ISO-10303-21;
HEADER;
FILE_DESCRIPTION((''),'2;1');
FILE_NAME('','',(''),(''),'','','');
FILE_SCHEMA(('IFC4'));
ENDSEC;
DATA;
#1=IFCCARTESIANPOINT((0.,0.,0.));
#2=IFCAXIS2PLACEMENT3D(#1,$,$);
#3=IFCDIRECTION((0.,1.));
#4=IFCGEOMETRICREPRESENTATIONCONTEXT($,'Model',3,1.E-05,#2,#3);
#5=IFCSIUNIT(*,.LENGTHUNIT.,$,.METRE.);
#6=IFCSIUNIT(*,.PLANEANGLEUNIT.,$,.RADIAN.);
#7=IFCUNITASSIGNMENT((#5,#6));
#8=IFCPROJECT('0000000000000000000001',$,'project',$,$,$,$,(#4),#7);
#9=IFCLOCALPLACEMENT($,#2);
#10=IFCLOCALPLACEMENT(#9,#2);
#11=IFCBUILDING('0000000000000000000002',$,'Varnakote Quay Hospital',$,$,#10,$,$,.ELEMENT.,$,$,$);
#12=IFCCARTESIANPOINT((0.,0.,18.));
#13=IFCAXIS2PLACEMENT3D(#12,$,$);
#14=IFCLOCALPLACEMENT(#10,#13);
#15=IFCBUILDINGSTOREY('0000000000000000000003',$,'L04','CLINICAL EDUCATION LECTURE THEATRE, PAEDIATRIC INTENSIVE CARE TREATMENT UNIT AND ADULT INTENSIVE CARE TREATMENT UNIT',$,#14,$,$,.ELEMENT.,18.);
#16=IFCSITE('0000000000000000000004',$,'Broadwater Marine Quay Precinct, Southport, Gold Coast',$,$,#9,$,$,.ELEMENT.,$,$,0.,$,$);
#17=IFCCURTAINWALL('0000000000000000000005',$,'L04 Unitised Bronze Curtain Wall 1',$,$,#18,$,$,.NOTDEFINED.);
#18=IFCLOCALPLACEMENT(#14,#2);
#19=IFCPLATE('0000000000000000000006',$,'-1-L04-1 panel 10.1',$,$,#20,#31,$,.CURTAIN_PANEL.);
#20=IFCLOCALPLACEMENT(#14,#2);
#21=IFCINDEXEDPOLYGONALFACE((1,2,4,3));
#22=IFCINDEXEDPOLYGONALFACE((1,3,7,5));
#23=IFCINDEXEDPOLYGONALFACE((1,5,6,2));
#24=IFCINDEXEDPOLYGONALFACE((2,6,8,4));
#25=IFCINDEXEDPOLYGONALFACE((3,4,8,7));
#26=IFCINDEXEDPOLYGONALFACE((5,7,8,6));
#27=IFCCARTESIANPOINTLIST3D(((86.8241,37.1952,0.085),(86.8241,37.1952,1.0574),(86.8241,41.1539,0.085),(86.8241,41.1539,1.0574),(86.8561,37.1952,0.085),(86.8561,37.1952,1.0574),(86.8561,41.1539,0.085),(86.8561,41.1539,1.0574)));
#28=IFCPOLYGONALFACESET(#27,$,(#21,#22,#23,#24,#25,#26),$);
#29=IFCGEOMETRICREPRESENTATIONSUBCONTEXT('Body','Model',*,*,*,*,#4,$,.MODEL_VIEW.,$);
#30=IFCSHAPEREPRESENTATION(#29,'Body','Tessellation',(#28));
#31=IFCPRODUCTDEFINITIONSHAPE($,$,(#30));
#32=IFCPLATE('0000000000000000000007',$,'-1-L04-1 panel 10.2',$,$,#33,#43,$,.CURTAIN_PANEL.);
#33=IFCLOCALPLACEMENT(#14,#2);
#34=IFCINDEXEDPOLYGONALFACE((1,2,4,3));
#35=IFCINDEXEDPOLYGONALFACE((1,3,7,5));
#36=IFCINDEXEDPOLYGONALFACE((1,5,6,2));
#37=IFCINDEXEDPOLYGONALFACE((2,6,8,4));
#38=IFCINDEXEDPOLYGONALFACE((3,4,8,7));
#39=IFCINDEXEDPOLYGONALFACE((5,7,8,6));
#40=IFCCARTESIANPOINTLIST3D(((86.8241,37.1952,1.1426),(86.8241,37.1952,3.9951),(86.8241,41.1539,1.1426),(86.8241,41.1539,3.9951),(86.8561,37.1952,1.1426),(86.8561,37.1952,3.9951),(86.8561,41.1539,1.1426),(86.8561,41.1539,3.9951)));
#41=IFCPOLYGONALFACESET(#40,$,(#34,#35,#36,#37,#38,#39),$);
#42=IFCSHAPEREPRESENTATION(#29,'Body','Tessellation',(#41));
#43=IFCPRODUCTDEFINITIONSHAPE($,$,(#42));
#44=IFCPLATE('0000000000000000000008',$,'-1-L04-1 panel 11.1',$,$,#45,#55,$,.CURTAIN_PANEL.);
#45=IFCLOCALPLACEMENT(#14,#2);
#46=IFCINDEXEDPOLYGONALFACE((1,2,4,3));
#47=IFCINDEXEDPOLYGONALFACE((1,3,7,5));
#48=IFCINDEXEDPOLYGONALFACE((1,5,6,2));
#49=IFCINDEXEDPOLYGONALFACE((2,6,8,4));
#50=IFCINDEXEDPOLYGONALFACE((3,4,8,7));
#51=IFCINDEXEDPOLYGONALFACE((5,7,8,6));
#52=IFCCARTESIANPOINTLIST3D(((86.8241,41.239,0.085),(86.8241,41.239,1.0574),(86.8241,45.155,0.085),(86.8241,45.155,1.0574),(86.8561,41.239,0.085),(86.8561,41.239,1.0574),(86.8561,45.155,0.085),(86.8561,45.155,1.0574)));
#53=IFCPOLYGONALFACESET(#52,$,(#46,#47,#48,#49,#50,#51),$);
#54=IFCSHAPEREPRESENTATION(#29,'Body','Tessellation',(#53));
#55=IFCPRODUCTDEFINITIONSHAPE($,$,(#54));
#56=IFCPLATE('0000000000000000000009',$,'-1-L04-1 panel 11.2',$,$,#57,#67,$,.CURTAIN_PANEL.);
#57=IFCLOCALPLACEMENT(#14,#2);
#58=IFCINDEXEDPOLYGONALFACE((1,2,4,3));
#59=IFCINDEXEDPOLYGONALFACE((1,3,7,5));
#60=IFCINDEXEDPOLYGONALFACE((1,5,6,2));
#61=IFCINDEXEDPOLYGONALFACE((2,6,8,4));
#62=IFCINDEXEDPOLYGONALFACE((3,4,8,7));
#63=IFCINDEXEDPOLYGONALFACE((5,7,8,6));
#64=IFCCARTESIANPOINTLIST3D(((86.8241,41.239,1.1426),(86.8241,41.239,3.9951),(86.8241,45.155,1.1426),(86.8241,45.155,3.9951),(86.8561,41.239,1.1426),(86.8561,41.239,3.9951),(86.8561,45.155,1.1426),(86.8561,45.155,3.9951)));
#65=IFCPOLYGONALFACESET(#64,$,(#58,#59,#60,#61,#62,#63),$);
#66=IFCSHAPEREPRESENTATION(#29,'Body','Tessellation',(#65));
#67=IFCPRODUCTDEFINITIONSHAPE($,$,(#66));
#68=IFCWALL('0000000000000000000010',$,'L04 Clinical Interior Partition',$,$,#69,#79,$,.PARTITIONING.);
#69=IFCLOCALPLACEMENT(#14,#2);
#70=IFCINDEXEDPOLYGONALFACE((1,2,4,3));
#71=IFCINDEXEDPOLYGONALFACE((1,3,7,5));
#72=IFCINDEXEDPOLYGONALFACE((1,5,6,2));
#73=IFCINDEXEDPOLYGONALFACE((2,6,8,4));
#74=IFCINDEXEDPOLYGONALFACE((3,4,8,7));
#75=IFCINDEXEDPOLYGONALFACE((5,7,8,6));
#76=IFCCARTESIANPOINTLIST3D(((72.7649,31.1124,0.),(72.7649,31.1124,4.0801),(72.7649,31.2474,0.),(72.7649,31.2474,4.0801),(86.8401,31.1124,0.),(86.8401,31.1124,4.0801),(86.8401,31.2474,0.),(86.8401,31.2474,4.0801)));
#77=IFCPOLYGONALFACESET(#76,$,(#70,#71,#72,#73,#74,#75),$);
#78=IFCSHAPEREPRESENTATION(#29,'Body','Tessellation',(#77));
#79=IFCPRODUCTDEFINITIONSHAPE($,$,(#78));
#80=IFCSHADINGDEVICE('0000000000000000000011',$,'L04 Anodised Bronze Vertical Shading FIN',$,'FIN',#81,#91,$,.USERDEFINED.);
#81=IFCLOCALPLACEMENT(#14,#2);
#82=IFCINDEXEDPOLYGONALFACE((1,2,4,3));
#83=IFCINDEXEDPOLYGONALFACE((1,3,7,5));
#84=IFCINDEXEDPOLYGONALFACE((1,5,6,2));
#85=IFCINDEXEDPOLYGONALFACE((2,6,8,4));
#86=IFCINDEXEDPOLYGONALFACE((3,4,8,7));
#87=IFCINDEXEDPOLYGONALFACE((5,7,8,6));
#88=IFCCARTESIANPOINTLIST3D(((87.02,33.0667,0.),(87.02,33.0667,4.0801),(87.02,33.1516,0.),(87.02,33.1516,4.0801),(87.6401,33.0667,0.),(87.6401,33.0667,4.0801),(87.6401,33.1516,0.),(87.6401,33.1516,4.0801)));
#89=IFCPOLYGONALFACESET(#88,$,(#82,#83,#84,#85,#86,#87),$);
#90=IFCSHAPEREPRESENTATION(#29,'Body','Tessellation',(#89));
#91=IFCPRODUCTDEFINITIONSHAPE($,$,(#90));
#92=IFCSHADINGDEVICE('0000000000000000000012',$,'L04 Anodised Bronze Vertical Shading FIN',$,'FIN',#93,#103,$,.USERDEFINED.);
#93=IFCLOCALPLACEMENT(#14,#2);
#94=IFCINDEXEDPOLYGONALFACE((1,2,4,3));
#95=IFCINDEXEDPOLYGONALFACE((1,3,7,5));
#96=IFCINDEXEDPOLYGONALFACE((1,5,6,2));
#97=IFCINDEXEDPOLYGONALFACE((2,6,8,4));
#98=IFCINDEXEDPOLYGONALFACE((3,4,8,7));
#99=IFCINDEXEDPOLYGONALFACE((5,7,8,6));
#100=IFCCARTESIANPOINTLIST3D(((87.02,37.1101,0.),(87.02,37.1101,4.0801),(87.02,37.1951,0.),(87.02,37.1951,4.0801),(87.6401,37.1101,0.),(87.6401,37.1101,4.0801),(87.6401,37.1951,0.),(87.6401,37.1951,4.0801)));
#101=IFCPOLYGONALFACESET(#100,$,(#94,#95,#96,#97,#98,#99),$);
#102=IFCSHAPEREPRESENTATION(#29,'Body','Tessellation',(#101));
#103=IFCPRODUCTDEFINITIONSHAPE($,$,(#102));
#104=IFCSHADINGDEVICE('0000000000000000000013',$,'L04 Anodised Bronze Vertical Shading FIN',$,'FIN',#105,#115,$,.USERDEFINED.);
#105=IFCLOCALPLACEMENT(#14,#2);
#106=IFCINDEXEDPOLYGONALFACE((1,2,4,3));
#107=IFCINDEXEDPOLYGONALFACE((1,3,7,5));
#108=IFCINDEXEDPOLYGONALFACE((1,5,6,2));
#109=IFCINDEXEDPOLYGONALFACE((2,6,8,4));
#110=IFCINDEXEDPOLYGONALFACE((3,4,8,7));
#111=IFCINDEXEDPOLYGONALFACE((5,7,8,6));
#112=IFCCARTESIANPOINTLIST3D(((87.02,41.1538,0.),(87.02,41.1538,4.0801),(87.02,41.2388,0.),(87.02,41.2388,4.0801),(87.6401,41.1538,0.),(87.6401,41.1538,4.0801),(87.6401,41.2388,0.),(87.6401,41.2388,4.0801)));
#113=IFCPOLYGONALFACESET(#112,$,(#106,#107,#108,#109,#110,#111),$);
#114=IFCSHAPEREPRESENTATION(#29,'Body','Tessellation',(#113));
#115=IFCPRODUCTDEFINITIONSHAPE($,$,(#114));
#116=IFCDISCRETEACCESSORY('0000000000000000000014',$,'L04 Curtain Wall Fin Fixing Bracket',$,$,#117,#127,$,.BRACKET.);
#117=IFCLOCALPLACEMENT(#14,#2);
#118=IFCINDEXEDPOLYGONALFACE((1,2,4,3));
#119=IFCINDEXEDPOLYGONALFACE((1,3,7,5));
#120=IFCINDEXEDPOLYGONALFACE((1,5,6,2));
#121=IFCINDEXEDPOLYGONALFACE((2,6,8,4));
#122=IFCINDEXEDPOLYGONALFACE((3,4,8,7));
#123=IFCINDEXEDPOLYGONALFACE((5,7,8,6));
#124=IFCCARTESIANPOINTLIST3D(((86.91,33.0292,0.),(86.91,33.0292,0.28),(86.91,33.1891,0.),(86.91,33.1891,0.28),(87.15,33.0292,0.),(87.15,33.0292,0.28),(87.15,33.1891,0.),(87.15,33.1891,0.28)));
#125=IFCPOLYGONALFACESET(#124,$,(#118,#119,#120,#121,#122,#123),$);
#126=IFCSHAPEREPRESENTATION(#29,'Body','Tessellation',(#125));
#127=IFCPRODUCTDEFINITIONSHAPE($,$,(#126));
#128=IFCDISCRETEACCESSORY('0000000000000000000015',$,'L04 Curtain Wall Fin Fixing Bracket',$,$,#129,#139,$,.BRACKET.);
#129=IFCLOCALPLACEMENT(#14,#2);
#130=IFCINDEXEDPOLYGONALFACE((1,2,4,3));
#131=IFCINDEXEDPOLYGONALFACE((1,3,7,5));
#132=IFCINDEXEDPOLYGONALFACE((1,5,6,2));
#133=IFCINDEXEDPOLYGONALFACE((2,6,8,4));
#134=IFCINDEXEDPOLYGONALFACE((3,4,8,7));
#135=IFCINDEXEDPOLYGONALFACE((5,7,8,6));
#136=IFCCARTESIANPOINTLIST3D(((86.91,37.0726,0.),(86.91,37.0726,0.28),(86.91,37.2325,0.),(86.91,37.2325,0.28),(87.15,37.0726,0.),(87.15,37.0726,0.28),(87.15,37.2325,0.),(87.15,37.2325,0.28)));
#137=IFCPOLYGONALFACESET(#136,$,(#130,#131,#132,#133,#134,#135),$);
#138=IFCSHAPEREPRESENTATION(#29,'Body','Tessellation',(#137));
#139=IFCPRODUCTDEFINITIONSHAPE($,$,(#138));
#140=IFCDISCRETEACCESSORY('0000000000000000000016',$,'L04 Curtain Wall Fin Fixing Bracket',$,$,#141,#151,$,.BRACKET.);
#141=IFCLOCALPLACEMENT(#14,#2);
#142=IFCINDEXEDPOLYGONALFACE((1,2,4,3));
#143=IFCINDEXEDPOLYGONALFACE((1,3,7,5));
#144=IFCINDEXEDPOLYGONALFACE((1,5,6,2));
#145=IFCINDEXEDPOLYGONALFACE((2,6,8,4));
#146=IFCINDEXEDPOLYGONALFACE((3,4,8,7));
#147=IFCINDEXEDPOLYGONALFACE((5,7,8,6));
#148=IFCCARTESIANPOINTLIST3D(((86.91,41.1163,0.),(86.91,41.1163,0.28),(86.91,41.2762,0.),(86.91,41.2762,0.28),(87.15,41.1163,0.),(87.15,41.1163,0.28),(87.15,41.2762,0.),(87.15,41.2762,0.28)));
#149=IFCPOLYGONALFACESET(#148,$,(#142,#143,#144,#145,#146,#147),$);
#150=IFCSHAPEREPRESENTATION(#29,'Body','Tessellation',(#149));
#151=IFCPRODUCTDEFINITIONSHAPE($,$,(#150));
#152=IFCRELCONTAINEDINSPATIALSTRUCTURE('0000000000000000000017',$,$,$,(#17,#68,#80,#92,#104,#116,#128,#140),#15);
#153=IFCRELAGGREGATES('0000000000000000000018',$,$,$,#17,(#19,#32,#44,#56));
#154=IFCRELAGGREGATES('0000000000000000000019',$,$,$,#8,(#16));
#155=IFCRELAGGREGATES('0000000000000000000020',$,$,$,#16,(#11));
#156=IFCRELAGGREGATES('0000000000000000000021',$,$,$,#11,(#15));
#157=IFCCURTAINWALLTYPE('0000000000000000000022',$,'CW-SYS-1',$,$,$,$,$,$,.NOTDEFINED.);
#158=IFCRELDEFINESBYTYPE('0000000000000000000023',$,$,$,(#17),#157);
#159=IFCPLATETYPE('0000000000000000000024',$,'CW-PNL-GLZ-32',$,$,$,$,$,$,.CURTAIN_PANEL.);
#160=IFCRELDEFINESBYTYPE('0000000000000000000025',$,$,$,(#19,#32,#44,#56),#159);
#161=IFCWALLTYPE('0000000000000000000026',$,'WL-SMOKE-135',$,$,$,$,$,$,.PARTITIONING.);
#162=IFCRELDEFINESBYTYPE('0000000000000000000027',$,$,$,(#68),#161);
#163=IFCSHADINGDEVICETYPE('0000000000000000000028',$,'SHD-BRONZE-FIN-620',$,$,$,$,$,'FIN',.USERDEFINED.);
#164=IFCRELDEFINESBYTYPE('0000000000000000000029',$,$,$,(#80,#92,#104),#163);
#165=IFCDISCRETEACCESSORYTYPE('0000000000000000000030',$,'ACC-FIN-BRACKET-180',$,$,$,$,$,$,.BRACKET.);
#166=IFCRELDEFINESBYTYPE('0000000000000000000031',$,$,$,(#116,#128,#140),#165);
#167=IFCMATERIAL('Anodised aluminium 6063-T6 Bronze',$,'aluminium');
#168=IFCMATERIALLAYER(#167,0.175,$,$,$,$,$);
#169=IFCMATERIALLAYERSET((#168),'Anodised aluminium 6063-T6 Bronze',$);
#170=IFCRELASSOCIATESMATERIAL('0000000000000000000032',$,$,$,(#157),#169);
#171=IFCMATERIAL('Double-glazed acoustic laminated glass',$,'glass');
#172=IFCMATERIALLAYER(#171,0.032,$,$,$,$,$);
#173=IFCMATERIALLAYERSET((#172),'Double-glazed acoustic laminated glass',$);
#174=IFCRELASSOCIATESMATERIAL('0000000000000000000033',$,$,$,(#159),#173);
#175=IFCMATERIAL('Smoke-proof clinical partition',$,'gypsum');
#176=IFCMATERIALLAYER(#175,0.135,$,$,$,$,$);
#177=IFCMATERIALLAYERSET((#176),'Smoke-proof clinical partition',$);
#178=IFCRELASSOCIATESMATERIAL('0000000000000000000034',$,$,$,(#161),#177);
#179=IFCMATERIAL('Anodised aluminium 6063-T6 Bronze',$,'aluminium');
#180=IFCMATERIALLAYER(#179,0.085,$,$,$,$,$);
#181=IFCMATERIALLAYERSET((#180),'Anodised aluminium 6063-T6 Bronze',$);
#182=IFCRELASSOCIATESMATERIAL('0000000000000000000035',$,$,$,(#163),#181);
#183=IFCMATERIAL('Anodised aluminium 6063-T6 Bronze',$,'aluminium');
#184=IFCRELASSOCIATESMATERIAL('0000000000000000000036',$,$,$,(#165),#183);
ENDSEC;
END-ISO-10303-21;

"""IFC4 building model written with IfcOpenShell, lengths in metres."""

from ifc_helpers import new_model, si_unit, direction, frame, frame_2d, origin, origin_2d, place, context, subcontext, project, spatial, rectangle, extrude, material, layer, layer_set, type_object, element, aggregate, save


model = new_model("IFC4")

# Units and contexts
model_context = context("Model", 3, precision=1e-05, world=origin(), true_north=direction((0.0, 1.0)))
body_context = subcontext(model_context, "Body", "Model", "MODEL_VIEW")
ifc_project = project(units=[si_unit("LENGTHUNIT", "METRE"), si_unit("PLANEANGLEUNIT", "RADIAN")], contexts=[model_context])

# Site, building, storey
site_placement = place(None, origin())
site = spatial("IfcSite", under=ifc_project, at=site_placement, Name="Broadwater Marine Quay Precinct, Southport, Gold Coast", CompositionType="ELEMENT", RefElevation=0.0)
building_placement = place(site_placement, origin())
building = spatial("IfcBuilding", under=site, at=building_placement, Name="Varnakote Quay Hospital", CompositionType="ELEMENT")
storey_placement = place(building_placement, frame((0.0, 0.0, 18.0)))
storey = spatial("IfcBuildingStorey", under=building, at=storey_placement, Name="L04", Description="CLINICAL EDUCATION LECTURE THEATRE, PAEDIATRIC INTENSIVE CARE TREATMENT UNIT AND ADULT INTENSIVE CARE TREATMENT UNIT", CompositionType="ELEMENT", Elevation=18.0)

# Curtain wall
ifc_material_1 = material(Name="Anodised aluminium 6063-T6 Bronze", Category="aluminium")
ifc_layer_1 = layer(ifc_material_1, 0.175)
ifc_layer_set_1 = layer_set([ifc_layer_1], Name="Anodised aluminium 6063-T6 Bronze")
curtain_wall_type = type_object("IfcCurtainWallType", Name="CW-SYS-1", PredefinedType="NOTDEFINED", material=ifc_layer_set_1)
curtain_wall_placement = place(storey_placement, origin())
curtain_wall = element("IfcCurtainWall", 1, at=curtain_wall_placement, inside=storey, type_object=curtain_wall_type, Name="L04 Unitised Bronze Curtain Wall 1", PredefinedType="NOTDEFINED")

# Plates
ifc_material_2 = material(Name="Double-glazed acoustic laminated glass", Category="glass")
ifc_layer_2 = layer(ifc_material_2, 0.032)
ifc_layer_set_2 = layer_set([ifc_layer_2], Name="Double-glazed acoustic laminated glass")
plate_type = type_object("IfcPlateType", Name="CW-PNL-GLZ-32", PredefinedType="CURTAIN_PANEL", material=ifc_layer_set_2)
plate_1_placement = place(storey_placement, frame((86.8401, 39.1746, 0.085), z_axis=(0.0, 0.0, 1.0), x_axis=(0.0, 1.0, 0.0)))
plate_1 = element("IfcPlate", 2, at=plate_1_placement, type_object=plate_type, Name="-1-L04-1 panel 10.1", PredefinedType="CURTAIN_PANEL", context=body_context, shape_type="SweptSolid", body=[
    extrude(rectangle(XDim=3.9587, YDim=0.032, at=origin_2d()), origin(), (0.0, 0.0, 1.0), 0.9724),
])
plate_2_placement = place(storey_placement, frame((86.8401, 39.1746, 1.1426), z_axis=(0.0, 0.0, 1.0), x_axis=(0.0, 1.0, 0.0)))
plate_2 = element("IfcPlate", 3, at=plate_2_placement, type_object=plate_type, Name="-1-L04-1 panel 10.2", PredefinedType="CURTAIN_PANEL", context=body_context, shape_type="SweptSolid", body=[
    extrude(rectangle(XDim=3.9587, YDim=0.032, at=origin_2d()), origin(), (0.0, 0.0, 1.0), 2.8525),
])
plate_3_placement = place(storey_placement, frame((86.8401, 43.197, 0.085), z_axis=(0.0, 0.0, 1.0), x_axis=(0.0, 1.0, 0.0)))
plate_3 = element("IfcPlate", 4, at=plate_3_placement, type_object=plate_type, Name="-1-L04-1 panel 11.1", PredefinedType="CURTAIN_PANEL", context=body_context, shape_type="SweptSolid", body=[
    extrude(rectangle(XDim=3.916, YDim=0.032, at=origin_2d()), origin(), (0.0, 0.0, 1.0), 0.9724),
])
plate_4_placement = place(storey_placement, frame((86.8401, 43.197, 1.1426), z_axis=(0.0, 0.0, 1.0), x_axis=(0.0, 1.0, 0.0)))
plate_4 = element("IfcPlate", 5, at=plate_4_placement, type_object=plate_type, Name="-1-L04-1 panel 11.2", PredefinedType="CURTAIN_PANEL", context=body_context, shape_type="SweptSolid", body=[
    extrude(rectangle(XDim=3.916, YDim=0.032, at=origin_2d()), origin(), (0.0, 0.0, 1.0), 2.8525),
])
aggregate(curtain_wall, [plate_1, plate_2, plate_3, plate_4])

# Wall
ifc_material_3 = material(Name="Smoke-proof clinical partition", Category="gypsum")
ifc_layer_3 = layer(ifc_material_3, 0.135)
ifc_layer_set_3 = layer_set([ifc_layer_3], Name="Smoke-proof clinical partition")
wall_type = type_object("IfcWallType", Name="WL-SMOKE-135", PredefinedType="PARTITIONING", material=ifc_layer_set_3)
wall_placement = place(storey_placement, frame((86.8401, 31.1799, 0.0), z_axis=(0.0, 0.0, 1.0), x_axis=(-1.0, 0.0, 0.0)))
element("IfcWall", 6, at=wall_placement, inside=storey, type_object=wall_type, Name="L04 Clinical Interior Partition", PredefinedType="PARTITIONING", context=body_context, shape_type="SweptSolid", body=[
    extrude(rectangle(XDim=14.0752, YDim=0.135, at=frame_2d((7.0376, 0.0))), origin(), (0.0, 0.0, 1.0), 4.0801),
])

# Shading devices
ifc_material_4 = material(Name="Anodised aluminium 6063-T6 Bronze", Category="aluminium")
ifc_layer_4 = layer(ifc_material_4, 0.085)
ifc_layer_set_4 = layer_set([ifc_layer_4], Name="Anodised aluminium 6063-T6 Bronze")
shading_device_type = type_object("IfcShadingDeviceType", Name="SHD-BRONZE-FIN-620", ElementType="FIN", PredefinedType="USERDEFINED", material=ifc_layer_set_4)
for number, where, z_axis, x_axis, name in (
    (7, (87.3301, 33.1091, 0.0), (0.0, 0.0, 1.0), (-1.0, 0.0, 0.0), "L04 Anodised Bronze Vertical Shading FIN"),
    (8, (87.3301, 37.1526, 0.0), (0.0, 0.0, 1.0), (-1.0, 0.0, 0.0), "L04 Anodised Bronze Vertical Shading FIN"),
    (9, (87.3301, 41.1963, 0.0), (0.0, 0.0, 1.0), (-1.0, 0.0, 0.0), "L04 Anodised Bronze Vertical Shading FIN"),
):
    element("IfcShadingDevice", number, at=place(storey_placement, frame(where, z_axis=z_axis, x_axis=x_axis)), inside=storey, type_object=shading_device_type, Name=name, ObjectType="FIN", PredefinedType="USERDEFINED", context=body_context, shape_type="SweptSolid", body=[
        extrude(rectangle(XDim=0.6201, YDim=0.085, at=origin_2d()), origin(), (0.0, 0.0, 1.0), 4.0801),
    ])

# Discrete accessories
ifc_material_5 = material(Name="Anodised aluminium 6063-T6 Bronze", Category="aluminium")
discrete_accessory_type = type_object("IfcDiscreteAccessoryType", Name="ACC-FIN-BRACKET-180", PredefinedType="BRACKET", material=ifc_material_5)
for number, where, z_axis, x_axis, name in (
    (10, (87.03, 33.1091, 0.0), (0.0, 0.0, 1.0), (0.0, 1.0, 0.0), "L04 Curtain Wall Fin Fixing Bracket"),
    (11, (87.03, 37.1526, 0.0), (0.0, 0.0, 1.0), (0.0, 1.0, 0.0), "L04 Curtain Wall Fin Fixing Bracket"),
    (12, (87.03, 41.1963, 0.0), (0.0, 0.0, 1.0), (0.0, 1.0, 0.0), "L04 Curtain Wall Fin Fixing Bracket"),
):
    element("IfcDiscreteAccessory", number, at=place(storey_placement, frame(where, z_axis=z_axis, x_axis=x_axis)), inside=storey, type_object=discrete_accessory_type, Name=name, PredefinedType="BRACKET", context=body_context, shape_type="SweptSolid", body=[
        extrude(rectangle(XDim=0.1599, YDim=0.24, at=origin_2d()), origin(), (0.0, 0.0, 1.0), 0.28),
    ])

save(model, "model.ifc")
